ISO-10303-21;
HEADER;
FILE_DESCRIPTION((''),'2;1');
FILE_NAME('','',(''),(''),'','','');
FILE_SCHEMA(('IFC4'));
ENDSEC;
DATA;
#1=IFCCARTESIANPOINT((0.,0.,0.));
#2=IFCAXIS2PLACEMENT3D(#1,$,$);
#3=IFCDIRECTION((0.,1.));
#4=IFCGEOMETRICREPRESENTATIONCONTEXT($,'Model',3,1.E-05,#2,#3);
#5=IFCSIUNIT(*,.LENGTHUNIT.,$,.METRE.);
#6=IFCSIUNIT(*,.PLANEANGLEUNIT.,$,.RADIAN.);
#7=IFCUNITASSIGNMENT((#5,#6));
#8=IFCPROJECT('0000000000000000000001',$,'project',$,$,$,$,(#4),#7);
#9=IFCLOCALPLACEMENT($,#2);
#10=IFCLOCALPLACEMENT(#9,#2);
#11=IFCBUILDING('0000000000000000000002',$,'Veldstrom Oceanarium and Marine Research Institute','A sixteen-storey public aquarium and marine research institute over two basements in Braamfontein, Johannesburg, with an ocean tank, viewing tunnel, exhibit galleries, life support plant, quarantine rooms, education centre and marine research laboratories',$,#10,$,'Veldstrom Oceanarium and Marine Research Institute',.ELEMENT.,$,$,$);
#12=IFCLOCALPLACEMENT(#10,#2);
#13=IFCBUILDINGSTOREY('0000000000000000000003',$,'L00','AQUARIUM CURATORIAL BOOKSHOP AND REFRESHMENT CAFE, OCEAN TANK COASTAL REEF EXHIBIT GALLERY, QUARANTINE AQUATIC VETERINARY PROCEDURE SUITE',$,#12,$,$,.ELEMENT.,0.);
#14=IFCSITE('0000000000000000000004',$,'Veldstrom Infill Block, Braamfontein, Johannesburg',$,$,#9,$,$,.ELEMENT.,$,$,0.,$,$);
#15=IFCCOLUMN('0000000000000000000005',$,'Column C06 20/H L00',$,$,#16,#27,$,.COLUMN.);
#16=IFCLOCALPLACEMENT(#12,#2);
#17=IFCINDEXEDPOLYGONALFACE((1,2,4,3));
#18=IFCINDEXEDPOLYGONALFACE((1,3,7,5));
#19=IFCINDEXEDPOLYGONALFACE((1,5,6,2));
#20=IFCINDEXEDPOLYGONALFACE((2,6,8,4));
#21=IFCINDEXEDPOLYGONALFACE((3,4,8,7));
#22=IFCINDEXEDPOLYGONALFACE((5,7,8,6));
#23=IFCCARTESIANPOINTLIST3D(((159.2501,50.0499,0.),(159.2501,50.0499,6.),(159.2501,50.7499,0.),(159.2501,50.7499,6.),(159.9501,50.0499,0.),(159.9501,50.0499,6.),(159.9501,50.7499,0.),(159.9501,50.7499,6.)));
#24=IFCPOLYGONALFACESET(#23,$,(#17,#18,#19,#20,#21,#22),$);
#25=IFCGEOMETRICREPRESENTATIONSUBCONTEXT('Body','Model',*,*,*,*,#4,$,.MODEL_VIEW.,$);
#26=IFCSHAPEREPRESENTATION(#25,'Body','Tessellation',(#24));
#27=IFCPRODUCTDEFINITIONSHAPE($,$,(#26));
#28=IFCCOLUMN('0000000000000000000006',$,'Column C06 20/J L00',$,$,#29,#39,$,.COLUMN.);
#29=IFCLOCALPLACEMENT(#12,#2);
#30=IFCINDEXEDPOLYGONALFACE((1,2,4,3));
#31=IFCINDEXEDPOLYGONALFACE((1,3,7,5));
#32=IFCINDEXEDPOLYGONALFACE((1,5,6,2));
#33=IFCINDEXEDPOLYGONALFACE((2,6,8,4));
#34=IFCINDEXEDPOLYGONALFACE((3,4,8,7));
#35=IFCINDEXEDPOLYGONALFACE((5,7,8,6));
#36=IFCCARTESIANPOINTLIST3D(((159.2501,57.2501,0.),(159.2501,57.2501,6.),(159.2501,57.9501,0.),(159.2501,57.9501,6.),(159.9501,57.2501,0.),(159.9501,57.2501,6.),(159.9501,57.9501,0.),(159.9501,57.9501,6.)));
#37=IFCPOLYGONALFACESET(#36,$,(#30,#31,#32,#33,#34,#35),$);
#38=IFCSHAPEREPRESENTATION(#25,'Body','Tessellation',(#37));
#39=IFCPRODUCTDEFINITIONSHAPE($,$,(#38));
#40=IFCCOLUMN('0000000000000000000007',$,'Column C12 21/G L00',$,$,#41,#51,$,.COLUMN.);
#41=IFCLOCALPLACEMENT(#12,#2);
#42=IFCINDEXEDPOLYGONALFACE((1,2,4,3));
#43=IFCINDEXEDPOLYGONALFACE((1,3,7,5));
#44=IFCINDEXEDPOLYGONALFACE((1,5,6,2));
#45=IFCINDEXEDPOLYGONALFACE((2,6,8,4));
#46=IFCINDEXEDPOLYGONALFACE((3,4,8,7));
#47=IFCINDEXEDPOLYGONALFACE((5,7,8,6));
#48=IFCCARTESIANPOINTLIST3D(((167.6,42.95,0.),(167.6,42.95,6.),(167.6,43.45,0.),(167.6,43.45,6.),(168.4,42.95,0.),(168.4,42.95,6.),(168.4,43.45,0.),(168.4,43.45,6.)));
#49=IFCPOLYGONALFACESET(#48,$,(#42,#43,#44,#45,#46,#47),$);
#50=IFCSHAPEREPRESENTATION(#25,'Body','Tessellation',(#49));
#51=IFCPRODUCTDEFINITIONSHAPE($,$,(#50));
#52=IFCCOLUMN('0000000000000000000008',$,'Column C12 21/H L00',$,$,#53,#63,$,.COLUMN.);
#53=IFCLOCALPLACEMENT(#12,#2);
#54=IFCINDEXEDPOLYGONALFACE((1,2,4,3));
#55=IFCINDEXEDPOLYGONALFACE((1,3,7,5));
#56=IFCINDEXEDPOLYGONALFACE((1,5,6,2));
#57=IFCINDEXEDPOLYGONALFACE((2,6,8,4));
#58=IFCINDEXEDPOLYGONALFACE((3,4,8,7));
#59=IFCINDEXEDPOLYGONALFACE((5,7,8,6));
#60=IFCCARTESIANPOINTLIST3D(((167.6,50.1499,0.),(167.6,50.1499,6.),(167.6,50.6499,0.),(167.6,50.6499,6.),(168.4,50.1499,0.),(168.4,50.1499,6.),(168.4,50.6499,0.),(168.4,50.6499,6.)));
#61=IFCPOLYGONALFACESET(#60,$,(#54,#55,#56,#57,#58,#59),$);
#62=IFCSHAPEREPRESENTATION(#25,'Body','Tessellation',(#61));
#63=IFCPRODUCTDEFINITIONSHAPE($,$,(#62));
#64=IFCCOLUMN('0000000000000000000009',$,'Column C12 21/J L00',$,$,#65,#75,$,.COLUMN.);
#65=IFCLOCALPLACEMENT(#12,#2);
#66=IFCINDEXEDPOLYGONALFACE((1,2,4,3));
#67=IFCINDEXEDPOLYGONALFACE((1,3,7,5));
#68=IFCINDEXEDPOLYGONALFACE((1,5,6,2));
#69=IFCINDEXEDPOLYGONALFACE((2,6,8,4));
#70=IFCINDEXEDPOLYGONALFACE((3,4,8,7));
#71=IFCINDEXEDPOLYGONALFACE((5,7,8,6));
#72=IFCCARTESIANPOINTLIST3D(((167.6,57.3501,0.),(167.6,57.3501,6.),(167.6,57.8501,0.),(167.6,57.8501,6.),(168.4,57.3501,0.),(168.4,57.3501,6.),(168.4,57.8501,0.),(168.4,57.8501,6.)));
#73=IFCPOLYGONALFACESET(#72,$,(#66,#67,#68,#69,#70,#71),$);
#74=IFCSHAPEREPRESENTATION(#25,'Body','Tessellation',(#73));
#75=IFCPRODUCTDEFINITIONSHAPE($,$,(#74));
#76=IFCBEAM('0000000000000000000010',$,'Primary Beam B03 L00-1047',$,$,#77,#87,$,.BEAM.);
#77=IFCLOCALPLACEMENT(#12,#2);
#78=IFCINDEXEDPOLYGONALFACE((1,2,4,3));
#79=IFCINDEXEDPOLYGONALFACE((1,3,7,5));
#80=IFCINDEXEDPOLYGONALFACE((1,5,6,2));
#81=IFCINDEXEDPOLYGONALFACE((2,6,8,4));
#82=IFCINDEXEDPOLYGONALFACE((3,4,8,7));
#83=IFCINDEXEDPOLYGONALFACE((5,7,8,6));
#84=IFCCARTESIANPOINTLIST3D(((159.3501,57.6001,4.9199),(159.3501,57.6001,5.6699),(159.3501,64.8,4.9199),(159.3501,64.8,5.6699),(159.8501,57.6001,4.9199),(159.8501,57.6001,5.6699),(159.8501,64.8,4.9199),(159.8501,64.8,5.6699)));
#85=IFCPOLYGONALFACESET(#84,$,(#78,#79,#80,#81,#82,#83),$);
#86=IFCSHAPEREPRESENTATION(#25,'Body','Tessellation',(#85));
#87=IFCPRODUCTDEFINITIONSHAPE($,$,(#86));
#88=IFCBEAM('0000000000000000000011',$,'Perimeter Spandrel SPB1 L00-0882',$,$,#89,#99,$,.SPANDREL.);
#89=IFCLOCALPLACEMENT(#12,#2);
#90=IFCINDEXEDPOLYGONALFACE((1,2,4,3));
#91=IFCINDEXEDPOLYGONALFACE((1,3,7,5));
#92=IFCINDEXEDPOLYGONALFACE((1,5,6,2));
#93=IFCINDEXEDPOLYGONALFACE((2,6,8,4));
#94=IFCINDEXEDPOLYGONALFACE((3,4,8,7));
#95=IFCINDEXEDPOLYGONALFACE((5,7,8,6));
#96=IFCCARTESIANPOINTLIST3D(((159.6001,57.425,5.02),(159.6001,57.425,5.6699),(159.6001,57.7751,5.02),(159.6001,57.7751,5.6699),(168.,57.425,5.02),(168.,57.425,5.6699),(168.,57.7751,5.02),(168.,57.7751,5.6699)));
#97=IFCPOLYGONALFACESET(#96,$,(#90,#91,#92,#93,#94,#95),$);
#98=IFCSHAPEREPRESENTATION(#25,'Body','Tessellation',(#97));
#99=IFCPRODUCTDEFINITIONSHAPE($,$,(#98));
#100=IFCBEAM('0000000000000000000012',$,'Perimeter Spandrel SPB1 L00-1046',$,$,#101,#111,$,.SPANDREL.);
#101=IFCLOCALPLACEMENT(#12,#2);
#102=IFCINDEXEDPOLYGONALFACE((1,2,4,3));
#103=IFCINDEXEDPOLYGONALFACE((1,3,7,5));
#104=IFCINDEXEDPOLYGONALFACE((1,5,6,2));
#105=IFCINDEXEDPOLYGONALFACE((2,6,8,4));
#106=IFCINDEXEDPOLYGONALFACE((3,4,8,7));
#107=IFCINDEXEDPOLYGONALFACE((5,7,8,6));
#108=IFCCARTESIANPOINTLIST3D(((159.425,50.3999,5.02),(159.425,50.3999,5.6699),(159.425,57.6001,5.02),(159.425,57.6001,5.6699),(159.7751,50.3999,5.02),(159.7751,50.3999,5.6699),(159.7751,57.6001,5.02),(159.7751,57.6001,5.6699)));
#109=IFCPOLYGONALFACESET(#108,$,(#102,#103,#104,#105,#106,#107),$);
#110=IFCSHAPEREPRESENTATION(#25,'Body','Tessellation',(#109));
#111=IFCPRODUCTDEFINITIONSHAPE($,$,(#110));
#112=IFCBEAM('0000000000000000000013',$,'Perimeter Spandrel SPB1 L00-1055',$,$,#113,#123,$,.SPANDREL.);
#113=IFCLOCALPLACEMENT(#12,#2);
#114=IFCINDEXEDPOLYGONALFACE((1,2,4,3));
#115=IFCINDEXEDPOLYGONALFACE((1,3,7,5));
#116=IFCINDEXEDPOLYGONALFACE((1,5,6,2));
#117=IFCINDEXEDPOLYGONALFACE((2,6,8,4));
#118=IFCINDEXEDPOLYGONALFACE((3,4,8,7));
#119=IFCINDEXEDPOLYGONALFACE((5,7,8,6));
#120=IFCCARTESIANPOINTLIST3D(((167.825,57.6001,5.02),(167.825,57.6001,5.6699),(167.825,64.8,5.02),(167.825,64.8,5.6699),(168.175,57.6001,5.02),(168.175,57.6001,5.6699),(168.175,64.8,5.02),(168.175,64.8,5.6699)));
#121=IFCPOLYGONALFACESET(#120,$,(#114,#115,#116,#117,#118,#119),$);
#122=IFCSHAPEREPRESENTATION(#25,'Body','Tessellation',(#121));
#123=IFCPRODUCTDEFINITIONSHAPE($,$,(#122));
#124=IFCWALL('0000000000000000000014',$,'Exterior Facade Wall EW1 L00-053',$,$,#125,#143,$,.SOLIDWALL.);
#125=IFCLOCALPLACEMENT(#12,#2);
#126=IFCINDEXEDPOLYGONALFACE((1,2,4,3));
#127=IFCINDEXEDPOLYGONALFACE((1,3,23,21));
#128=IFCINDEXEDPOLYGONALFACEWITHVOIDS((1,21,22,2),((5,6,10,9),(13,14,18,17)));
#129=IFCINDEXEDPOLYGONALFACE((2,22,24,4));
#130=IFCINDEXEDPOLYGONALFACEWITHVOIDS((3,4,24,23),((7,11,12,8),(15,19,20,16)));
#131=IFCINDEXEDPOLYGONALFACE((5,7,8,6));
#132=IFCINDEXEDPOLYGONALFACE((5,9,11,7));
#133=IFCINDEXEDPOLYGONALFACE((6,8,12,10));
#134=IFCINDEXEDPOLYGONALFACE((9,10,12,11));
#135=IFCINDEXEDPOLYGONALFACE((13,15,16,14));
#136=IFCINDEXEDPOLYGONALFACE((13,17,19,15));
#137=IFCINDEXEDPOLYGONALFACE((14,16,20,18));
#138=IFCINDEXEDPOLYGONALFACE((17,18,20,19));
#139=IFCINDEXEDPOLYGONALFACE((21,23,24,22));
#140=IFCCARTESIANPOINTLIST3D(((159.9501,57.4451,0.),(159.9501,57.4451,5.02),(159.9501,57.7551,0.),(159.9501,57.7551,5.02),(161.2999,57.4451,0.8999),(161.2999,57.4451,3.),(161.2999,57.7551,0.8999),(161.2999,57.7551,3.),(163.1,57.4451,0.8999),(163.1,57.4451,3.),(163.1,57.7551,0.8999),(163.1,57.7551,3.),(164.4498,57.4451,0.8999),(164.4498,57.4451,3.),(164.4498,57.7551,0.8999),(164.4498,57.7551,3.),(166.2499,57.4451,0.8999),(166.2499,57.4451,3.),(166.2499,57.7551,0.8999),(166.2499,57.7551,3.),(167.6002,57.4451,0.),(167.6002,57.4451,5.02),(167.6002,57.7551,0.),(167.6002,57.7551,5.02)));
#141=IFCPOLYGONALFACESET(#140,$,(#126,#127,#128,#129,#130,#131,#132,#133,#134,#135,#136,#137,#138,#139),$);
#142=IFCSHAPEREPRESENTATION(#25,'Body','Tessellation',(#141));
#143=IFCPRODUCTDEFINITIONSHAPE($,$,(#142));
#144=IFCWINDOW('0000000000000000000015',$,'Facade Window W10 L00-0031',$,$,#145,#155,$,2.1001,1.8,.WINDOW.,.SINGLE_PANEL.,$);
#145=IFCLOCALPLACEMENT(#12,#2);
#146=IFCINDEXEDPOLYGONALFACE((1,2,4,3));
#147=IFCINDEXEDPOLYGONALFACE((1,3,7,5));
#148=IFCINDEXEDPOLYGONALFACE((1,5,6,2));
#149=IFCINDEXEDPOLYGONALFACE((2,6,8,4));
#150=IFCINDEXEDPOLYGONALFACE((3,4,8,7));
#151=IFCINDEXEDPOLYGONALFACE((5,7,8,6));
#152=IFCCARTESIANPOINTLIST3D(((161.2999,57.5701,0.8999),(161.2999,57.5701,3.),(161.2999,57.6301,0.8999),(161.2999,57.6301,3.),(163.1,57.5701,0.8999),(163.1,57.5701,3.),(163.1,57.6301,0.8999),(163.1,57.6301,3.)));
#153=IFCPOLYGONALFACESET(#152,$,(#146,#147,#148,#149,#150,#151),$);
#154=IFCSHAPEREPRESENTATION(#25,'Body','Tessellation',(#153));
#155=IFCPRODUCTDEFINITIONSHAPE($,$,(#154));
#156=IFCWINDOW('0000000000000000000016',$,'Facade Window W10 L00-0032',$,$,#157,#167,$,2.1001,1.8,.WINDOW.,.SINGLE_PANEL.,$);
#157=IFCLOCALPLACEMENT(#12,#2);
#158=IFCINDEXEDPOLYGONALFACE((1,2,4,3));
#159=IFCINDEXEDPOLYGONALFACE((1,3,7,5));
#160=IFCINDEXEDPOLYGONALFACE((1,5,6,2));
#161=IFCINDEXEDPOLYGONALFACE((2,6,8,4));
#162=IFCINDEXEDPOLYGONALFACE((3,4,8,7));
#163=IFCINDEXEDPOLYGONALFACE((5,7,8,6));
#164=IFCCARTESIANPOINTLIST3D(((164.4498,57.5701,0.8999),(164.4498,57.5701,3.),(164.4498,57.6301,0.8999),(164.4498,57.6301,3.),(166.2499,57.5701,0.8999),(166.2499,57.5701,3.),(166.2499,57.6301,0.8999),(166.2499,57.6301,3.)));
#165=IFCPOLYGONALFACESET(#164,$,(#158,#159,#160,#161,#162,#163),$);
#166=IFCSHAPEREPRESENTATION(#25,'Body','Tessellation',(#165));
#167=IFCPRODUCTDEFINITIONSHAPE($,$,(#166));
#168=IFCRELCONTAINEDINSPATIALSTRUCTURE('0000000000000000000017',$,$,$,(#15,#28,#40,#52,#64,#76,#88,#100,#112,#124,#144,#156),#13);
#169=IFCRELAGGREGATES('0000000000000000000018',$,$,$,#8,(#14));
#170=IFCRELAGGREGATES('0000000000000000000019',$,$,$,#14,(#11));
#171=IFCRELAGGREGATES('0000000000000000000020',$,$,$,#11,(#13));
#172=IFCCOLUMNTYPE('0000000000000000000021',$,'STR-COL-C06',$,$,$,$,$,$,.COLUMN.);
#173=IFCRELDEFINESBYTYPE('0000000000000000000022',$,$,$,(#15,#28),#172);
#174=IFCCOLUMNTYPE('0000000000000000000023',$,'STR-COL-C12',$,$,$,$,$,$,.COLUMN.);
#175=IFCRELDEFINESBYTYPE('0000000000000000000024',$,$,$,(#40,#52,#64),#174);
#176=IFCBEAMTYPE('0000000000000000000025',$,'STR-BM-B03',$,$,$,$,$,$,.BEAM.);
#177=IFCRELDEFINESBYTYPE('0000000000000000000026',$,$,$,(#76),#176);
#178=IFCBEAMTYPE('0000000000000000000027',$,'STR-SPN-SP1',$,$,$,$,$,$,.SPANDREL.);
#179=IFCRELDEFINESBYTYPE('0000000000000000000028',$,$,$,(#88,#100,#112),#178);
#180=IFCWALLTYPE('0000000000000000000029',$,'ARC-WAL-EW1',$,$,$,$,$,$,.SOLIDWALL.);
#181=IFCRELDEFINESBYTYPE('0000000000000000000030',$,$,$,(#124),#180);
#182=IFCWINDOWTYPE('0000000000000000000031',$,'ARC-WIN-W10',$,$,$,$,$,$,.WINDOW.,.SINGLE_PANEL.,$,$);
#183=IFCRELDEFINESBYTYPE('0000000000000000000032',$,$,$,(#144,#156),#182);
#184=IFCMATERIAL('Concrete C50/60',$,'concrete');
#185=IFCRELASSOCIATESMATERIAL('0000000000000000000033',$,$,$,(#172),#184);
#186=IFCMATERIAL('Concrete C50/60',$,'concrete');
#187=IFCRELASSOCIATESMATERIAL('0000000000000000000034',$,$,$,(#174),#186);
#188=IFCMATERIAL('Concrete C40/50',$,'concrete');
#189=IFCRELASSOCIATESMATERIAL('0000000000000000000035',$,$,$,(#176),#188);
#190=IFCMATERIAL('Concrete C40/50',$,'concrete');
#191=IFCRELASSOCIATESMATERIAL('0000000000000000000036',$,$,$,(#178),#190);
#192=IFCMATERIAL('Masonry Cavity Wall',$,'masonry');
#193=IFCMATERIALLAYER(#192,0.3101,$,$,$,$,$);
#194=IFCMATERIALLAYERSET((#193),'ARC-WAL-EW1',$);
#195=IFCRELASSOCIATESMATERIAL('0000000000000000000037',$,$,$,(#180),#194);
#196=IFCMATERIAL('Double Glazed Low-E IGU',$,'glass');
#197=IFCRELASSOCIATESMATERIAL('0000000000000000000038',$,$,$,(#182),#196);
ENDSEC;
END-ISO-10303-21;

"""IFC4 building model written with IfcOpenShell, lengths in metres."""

from ifc_helpers import new_model, si_unit, direction, frame, frame_2d, origin, origin_2d, place, context, subcontext, project, spatial, rectangle, extrude, material, layer, layer_set, material_profile, profile_set, type_object, element, fill, save


model = new_model("IFC4")

# Units and contexts
model_context = context("Model", 3, precision=1e-05, world=origin(), true_north=direction((0.0, 1.0)))
body_context = subcontext(model_context, "Body", "Model", "MODEL_VIEW")
ifc_project = project(units=[si_unit("LENGTHUNIT", "METRE"), si_unit("PLANEANGLEUNIT", "RADIAN")], contexts=[model_context])

# Site, building, storey
site_placement = place(None, origin())
site = spatial("IfcSite", under=ifc_project, at=site_placement, Name="Veldstrom Infill Block, Braamfontein, Johannesburg", CompositionType="ELEMENT", RefElevation=0.0)
building_placement = place(site_placement, origin())
building = spatial("IfcBuilding", under=site, at=building_placement, Name="Veldstrom Oceanarium and Marine Research Institute", Description="A sixteen-storey public aquarium and marine research institute over two basements in Braamfontein, Johannesburg, with an ocean tank, viewing tunnel, exhibit galleries, life support plant, quarantine rooms, education centre and marine research laboratories", LongName="Veldstrom Oceanarium and Marine Research Institute", CompositionType="ELEMENT")
storey_placement = place(building_placement, origin())
storey = spatial("IfcBuildingStorey", under=building, at=storey_placement, Name="L00", Description="AQUARIUM CURATORIAL BOOKSHOP AND REFRESHMENT CAFE, OCEAN TANK COASTAL REEF EXHIBIT GALLERY, QUARANTINE AQUATIC VETERINARY PROCEDURE SUITE", CompositionType="ELEMENT", Elevation=0.0)

# Columns
ifc_material_1 = material(Name="Concrete C50/60", Category="concrete")
ifc_material_profile_1 = material_profile(ifc_material_1, rectangle(XDim=0.7, YDim=0.7, at=origin_2d()), Name="RC-COL-700x700")
ifc_profile_set_1 = profile_set([ifc_material_profile_1], Name="Concrete C50/60")
column_type_1 = type_object("IfcColumnType", Name="STR-COL-C06", PredefinedType="COLUMN", material=ifc_profile_set_1)
for number, where, z_axis, x_axis, name in (
    (1, (159.6001, 50.3999, 0.0), (0.0, 0.0, 1.0), (1.0, 0.0, 0.0), "Column C06 20/H L00"),
    (2, (159.6001, 57.6001, 0.0), (0.0, 0.0, 1.0), (1.0, 0.0, 0.0), "Column C06 20/J L00"),
):
    element("IfcColumn", number, at=place(storey_placement, frame(where, z_axis=z_axis, x_axis=x_axis)), inside=storey, type_object=column_type_1, Name=name, PredefinedType="COLUMN", context=body_context, shape_type="SweptSolid", body=[
        extrude(rectangle(XDim=0.7, YDim=0.7, at=origin_2d()), origin(), (0.0, 0.0, 1.0), 6.0),
    ])
ifc_material_2 = material(Name="Concrete C50/60", Category="concrete")
ifc_material_profile_2 = material_profile(ifc_material_2, rectangle(XDim=0.5, YDim=0.8, at=origin_2d()), Name="RC-COL-800x500")
ifc_profile_set_2 = profile_set([ifc_material_profile_2], Name="Concrete C50/60")
column_type_2 = type_object("IfcColumnType", Name="STR-COL-C12", PredefinedType="COLUMN", material=ifc_profile_set_2)
for number, where, z_axis, x_axis, name in (
    (3, (168.0, 43.2, 0.0), (0.0, 0.0, 1.0), (0.0, 1.0, 0.0), "Column C12 21/G L00"),
    (4, (168.0, 50.3999, 0.0), (0.0, 0.0, 1.0), (0.0, 1.0, 0.0), "Column C12 21/H L00"),
    (5, (168.0, 57.6001, 0.0), (0.0, 0.0, 1.0), (0.0, 1.0, 0.0), "Column C12 21/J L00"),
):
    element("IfcColumn", number, at=place(storey_placement, frame(where, z_axis=z_axis, x_axis=x_axis)), inside=storey, type_object=column_type_2, Name=name, PredefinedType="COLUMN", context=body_context, shape_type="SweptSolid", body=[
        extrude(rectangle(XDim=0.5, YDim=0.8, at=origin_2d()), origin(), (0.0, 0.0, 1.0), 6.0),
    ])

# Beams
ifc_material_3 = material(Name="Concrete C40/50", Category="concrete")
ifc_material_profile_3 = material_profile(ifc_material_3, rectangle(XDim=0.5, YDim=0.75, at=origin_2d()), Name="RC-BM-500x750")
ifc_profile_set_3 = profile_set([ifc_material_profile_3], Name="Concrete C40/50")
beam_type_1 = type_object("IfcBeamType", Name="STR-BM-B03", PredefinedType="BEAM", material=ifc_profile_set_3)
beam_1_placement = place(storey_placement, frame((159.6001, 57.6001, 5.2949), z_axis=(0.0, 1.0, 0.0), x_axis=(-1.0, 0.0, 0.0)))
element("IfcBeam", 6, at=beam_1_placement, inside=storey, type_object=beam_type_1, Name="Primary Beam B03 L00-1047", PredefinedType="BEAM", context=body_context, shape_type="SweptSolid", body=[
    extrude(rectangle(XDim=0.5, YDim=0.75, at=origin_2d()), origin(), (0.0, 0.0, 1.0), 7.2),
])
ifc_material_4 = material(Name="Concrete C40/50", Category="concrete")
ifc_material_profile_4 = material_profile(ifc_material_4, rectangle(XDim=0.3501, YDim=0.6499, at=origin_2d()), Name="RC-SPN-350x650")
ifc_profile_set_4 = profile_set([ifc_material_profile_4], Name="Concrete C40/50")
beam_type_2 = type_object("IfcBeamType", Name="STR-SPN-SP1", PredefinedType="SPANDREL", material=ifc_profile_set_4)
beam_2_placement = place(storey_placement, frame((159.6001, 57.6001, 5.345), z_axis=(1.0, 0.0, 0.0), x_axis=(0.0, 1.0, 0.0)))
element("IfcBeam", 7, at=beam_2_placement, inside=storey, type_object=beam_type_2, Name="Perimeter Spandrel SPB1 L00-0882", PredefinedType="SPANDREL", context=body_context, shape_type="SweptSolid", body=[
    extrude(rectangle(XDim=0.3501, YDim=0.6499, at=origin_2d()), origin(), (0.0, 0.0, 1.0), 8.3999),
])
beam_3_placement = place(storey_placement, frame((159.6001, 50.3999, 5.345), z_axis=(0.0, 1.0, 0.0), x_axis=(-1.0, 0.0, 0.0)))
element("IfcBeam", 8, at=beam_3_placement, inside=storey, type_object=beam_type_2, Name="Perimeter Spandrel SPB1 L00-1046", PredefinedType="SPANDREL", context=body_context, shape_type="SweptSolid", body=[
    extrude(rectangle(XDim=0.3501, YDim=0.6499, at=origin_2d()), origin(), (0.0, 0.0, 1.0), 7.2002),
])
beam_4_placement = place(storey_placement, frame((168.0, 57.6001, 5.345), z_axis=(0.0, 1.0, 0.0), x_axis=(-1.0, 0.0, 0.0)))
element("IfcBeam", 9, at=beam_4_placement, inside=storey, type_object=beam_type_2, Name="Perimeter Spandrel SPB1 L00-1055", PredefinedType="SPANDREL", context=body_context, shape_type="SweptSolid", body=[
    extrude(rectangle(XDim=0.3501, YDim=0.6499, at=origin_2d()), origin(), (0.0, 0.0, 1.0), 7.2),
])

# Wall, openings, windows
ifc_material_5 = material(Name="Masonry Cavity Wall", Category="masonry")
ifc_layer_1 = layer(ifc_material_5, 0.3101)
ifc_layer_set_1 = layer_set([ifc_layer_1], Name="ARC-WAL-EW1")
wall_type_1 = type_object("IfcWallType", Name="ARC-WAL-EW1", PredefinedType="SOLIDWALL", material=ifc_layer_set_1)
wall_1_placement = place(storey_placement, frame((159.95, 57.6001, 0.0), z_axis=(0.0, 0.0, 1.0), x_axis=(1.0, 0.0, 0.0)))
wall_1 = element("IfcWall", 10, at=wall_1_placement, inside=storey, type_object=wall_type_1, Name="Exterior Facade Wall EW1 L00-053", PredefinedType="SOLIDWALL", context=body_context, shape_type="SweptSolid", body=[
    extrude(rectangle(XDim=7.6501, YDim=0.3101, at=frame_2d((3.8252, 0.0))), origin(), (0.0, 0.0, 1.0), 5.02),
])
opening_1_placement = place(wall_1_placement, frame((1.3501, 0.0, 0.8999)))
opening_1 = element("IfcOpeningElement", 11, at=opening_1_placement, cuts=wall_1, PredefinedType="OPENING", context=body_context, shape_type="SweptSolid", body=[
    extrude(rectangle(XDim=1.8, YDim=2.1001, at=frame_2d((0.8999, 1.05))), frame((0.0, 0.165, 0.0), z_axis=(0.0, -1.0, 0.0), x_axis=(1.0, 0.0, 0.0)), (0.0, 0.0, 1.0), 0.3301),
])
opening_2_placement = place(wall_1_placement, frame((4.5, 0.0, 0.8999)))
opening_2 = element("IfcOpeningElement", 12, at=opening_2_placement, cuts=wall_1, PredefinedType="OPENING", context=body_context, shape_type="SweptSolid", body=[
    extrude(rectangle(XDim=1.8, YDim=2.1001, at=frame_2d((0.8999, 1.05))), frame((0.0, 0.165, 0.0), z_axis=(0.0, -1.0, 0.0), x_axis=(1.0, 0.0, 0.0)), (0.0, 0.0, 1.0), 0.3301),
])
ifc_material_6 = material(Name="Double Glazed Low-E IGU", Category="glass")
window_type_1 = type_object("IfcWindowType", Name="ARC-WIN-W10", PartitioningType="SINGLE_PANEL", PredefinedType="WINDOW", material=ifc_material_6)
window_1_placement = place(opening_1_placement, origin())
window_1 = element("IfcWindow", 13, at=window_1_placement, inside=storey, type_object=window_type_1, Name="Facade Window W10 L00-0031", OverallHeight=2.1001, OverallWidth=1.8, PartitioningType="SINGLE_PANEL", PredefinedType="WINDOW", context=body_context, shape_type="SweptSolid", body=[
    extrude(rectangle(XDim=1.8, YDim=2.1001, at=frame_2d((0.8999, 1.05))), frame((0.0, 0.03, 0.0), z_axis=(0.0, -1.0, 0.0), x_axis=(1.0, 0.0, 0.0)), (0.0, 0.0, 1.0), 0.0601),
])
fill(opening_1, window_1)
window_2_placement = place(opening_2_placement, origin())
window_2 = element("IfcWindow", 14, at=window_2_placement, inside=storey, type_object=window_type_1, Name="Facade Window W10 L00-0032", OverallHeight=2.1001, OverallWidth=1.8, PartitioningType="SINGLE_PANEL", PredefinedType="WINDOW", context=body_context, shape_type="SweptSolid", body=[
    extrude(rectangle(XDim=1.8, YDim=2.1001, at=frame_2d((0.8999, 1.05))), frame((0.0, 0.03, 0.0), z_axis=(0.0, -1.0, 0.0), x_axis=(1.0, 0.0, 0.0)), (0.0, 0.0, 1.0), 0.0601),
])
fill(opening_2, window_2)

save(model, "model.ifc")
